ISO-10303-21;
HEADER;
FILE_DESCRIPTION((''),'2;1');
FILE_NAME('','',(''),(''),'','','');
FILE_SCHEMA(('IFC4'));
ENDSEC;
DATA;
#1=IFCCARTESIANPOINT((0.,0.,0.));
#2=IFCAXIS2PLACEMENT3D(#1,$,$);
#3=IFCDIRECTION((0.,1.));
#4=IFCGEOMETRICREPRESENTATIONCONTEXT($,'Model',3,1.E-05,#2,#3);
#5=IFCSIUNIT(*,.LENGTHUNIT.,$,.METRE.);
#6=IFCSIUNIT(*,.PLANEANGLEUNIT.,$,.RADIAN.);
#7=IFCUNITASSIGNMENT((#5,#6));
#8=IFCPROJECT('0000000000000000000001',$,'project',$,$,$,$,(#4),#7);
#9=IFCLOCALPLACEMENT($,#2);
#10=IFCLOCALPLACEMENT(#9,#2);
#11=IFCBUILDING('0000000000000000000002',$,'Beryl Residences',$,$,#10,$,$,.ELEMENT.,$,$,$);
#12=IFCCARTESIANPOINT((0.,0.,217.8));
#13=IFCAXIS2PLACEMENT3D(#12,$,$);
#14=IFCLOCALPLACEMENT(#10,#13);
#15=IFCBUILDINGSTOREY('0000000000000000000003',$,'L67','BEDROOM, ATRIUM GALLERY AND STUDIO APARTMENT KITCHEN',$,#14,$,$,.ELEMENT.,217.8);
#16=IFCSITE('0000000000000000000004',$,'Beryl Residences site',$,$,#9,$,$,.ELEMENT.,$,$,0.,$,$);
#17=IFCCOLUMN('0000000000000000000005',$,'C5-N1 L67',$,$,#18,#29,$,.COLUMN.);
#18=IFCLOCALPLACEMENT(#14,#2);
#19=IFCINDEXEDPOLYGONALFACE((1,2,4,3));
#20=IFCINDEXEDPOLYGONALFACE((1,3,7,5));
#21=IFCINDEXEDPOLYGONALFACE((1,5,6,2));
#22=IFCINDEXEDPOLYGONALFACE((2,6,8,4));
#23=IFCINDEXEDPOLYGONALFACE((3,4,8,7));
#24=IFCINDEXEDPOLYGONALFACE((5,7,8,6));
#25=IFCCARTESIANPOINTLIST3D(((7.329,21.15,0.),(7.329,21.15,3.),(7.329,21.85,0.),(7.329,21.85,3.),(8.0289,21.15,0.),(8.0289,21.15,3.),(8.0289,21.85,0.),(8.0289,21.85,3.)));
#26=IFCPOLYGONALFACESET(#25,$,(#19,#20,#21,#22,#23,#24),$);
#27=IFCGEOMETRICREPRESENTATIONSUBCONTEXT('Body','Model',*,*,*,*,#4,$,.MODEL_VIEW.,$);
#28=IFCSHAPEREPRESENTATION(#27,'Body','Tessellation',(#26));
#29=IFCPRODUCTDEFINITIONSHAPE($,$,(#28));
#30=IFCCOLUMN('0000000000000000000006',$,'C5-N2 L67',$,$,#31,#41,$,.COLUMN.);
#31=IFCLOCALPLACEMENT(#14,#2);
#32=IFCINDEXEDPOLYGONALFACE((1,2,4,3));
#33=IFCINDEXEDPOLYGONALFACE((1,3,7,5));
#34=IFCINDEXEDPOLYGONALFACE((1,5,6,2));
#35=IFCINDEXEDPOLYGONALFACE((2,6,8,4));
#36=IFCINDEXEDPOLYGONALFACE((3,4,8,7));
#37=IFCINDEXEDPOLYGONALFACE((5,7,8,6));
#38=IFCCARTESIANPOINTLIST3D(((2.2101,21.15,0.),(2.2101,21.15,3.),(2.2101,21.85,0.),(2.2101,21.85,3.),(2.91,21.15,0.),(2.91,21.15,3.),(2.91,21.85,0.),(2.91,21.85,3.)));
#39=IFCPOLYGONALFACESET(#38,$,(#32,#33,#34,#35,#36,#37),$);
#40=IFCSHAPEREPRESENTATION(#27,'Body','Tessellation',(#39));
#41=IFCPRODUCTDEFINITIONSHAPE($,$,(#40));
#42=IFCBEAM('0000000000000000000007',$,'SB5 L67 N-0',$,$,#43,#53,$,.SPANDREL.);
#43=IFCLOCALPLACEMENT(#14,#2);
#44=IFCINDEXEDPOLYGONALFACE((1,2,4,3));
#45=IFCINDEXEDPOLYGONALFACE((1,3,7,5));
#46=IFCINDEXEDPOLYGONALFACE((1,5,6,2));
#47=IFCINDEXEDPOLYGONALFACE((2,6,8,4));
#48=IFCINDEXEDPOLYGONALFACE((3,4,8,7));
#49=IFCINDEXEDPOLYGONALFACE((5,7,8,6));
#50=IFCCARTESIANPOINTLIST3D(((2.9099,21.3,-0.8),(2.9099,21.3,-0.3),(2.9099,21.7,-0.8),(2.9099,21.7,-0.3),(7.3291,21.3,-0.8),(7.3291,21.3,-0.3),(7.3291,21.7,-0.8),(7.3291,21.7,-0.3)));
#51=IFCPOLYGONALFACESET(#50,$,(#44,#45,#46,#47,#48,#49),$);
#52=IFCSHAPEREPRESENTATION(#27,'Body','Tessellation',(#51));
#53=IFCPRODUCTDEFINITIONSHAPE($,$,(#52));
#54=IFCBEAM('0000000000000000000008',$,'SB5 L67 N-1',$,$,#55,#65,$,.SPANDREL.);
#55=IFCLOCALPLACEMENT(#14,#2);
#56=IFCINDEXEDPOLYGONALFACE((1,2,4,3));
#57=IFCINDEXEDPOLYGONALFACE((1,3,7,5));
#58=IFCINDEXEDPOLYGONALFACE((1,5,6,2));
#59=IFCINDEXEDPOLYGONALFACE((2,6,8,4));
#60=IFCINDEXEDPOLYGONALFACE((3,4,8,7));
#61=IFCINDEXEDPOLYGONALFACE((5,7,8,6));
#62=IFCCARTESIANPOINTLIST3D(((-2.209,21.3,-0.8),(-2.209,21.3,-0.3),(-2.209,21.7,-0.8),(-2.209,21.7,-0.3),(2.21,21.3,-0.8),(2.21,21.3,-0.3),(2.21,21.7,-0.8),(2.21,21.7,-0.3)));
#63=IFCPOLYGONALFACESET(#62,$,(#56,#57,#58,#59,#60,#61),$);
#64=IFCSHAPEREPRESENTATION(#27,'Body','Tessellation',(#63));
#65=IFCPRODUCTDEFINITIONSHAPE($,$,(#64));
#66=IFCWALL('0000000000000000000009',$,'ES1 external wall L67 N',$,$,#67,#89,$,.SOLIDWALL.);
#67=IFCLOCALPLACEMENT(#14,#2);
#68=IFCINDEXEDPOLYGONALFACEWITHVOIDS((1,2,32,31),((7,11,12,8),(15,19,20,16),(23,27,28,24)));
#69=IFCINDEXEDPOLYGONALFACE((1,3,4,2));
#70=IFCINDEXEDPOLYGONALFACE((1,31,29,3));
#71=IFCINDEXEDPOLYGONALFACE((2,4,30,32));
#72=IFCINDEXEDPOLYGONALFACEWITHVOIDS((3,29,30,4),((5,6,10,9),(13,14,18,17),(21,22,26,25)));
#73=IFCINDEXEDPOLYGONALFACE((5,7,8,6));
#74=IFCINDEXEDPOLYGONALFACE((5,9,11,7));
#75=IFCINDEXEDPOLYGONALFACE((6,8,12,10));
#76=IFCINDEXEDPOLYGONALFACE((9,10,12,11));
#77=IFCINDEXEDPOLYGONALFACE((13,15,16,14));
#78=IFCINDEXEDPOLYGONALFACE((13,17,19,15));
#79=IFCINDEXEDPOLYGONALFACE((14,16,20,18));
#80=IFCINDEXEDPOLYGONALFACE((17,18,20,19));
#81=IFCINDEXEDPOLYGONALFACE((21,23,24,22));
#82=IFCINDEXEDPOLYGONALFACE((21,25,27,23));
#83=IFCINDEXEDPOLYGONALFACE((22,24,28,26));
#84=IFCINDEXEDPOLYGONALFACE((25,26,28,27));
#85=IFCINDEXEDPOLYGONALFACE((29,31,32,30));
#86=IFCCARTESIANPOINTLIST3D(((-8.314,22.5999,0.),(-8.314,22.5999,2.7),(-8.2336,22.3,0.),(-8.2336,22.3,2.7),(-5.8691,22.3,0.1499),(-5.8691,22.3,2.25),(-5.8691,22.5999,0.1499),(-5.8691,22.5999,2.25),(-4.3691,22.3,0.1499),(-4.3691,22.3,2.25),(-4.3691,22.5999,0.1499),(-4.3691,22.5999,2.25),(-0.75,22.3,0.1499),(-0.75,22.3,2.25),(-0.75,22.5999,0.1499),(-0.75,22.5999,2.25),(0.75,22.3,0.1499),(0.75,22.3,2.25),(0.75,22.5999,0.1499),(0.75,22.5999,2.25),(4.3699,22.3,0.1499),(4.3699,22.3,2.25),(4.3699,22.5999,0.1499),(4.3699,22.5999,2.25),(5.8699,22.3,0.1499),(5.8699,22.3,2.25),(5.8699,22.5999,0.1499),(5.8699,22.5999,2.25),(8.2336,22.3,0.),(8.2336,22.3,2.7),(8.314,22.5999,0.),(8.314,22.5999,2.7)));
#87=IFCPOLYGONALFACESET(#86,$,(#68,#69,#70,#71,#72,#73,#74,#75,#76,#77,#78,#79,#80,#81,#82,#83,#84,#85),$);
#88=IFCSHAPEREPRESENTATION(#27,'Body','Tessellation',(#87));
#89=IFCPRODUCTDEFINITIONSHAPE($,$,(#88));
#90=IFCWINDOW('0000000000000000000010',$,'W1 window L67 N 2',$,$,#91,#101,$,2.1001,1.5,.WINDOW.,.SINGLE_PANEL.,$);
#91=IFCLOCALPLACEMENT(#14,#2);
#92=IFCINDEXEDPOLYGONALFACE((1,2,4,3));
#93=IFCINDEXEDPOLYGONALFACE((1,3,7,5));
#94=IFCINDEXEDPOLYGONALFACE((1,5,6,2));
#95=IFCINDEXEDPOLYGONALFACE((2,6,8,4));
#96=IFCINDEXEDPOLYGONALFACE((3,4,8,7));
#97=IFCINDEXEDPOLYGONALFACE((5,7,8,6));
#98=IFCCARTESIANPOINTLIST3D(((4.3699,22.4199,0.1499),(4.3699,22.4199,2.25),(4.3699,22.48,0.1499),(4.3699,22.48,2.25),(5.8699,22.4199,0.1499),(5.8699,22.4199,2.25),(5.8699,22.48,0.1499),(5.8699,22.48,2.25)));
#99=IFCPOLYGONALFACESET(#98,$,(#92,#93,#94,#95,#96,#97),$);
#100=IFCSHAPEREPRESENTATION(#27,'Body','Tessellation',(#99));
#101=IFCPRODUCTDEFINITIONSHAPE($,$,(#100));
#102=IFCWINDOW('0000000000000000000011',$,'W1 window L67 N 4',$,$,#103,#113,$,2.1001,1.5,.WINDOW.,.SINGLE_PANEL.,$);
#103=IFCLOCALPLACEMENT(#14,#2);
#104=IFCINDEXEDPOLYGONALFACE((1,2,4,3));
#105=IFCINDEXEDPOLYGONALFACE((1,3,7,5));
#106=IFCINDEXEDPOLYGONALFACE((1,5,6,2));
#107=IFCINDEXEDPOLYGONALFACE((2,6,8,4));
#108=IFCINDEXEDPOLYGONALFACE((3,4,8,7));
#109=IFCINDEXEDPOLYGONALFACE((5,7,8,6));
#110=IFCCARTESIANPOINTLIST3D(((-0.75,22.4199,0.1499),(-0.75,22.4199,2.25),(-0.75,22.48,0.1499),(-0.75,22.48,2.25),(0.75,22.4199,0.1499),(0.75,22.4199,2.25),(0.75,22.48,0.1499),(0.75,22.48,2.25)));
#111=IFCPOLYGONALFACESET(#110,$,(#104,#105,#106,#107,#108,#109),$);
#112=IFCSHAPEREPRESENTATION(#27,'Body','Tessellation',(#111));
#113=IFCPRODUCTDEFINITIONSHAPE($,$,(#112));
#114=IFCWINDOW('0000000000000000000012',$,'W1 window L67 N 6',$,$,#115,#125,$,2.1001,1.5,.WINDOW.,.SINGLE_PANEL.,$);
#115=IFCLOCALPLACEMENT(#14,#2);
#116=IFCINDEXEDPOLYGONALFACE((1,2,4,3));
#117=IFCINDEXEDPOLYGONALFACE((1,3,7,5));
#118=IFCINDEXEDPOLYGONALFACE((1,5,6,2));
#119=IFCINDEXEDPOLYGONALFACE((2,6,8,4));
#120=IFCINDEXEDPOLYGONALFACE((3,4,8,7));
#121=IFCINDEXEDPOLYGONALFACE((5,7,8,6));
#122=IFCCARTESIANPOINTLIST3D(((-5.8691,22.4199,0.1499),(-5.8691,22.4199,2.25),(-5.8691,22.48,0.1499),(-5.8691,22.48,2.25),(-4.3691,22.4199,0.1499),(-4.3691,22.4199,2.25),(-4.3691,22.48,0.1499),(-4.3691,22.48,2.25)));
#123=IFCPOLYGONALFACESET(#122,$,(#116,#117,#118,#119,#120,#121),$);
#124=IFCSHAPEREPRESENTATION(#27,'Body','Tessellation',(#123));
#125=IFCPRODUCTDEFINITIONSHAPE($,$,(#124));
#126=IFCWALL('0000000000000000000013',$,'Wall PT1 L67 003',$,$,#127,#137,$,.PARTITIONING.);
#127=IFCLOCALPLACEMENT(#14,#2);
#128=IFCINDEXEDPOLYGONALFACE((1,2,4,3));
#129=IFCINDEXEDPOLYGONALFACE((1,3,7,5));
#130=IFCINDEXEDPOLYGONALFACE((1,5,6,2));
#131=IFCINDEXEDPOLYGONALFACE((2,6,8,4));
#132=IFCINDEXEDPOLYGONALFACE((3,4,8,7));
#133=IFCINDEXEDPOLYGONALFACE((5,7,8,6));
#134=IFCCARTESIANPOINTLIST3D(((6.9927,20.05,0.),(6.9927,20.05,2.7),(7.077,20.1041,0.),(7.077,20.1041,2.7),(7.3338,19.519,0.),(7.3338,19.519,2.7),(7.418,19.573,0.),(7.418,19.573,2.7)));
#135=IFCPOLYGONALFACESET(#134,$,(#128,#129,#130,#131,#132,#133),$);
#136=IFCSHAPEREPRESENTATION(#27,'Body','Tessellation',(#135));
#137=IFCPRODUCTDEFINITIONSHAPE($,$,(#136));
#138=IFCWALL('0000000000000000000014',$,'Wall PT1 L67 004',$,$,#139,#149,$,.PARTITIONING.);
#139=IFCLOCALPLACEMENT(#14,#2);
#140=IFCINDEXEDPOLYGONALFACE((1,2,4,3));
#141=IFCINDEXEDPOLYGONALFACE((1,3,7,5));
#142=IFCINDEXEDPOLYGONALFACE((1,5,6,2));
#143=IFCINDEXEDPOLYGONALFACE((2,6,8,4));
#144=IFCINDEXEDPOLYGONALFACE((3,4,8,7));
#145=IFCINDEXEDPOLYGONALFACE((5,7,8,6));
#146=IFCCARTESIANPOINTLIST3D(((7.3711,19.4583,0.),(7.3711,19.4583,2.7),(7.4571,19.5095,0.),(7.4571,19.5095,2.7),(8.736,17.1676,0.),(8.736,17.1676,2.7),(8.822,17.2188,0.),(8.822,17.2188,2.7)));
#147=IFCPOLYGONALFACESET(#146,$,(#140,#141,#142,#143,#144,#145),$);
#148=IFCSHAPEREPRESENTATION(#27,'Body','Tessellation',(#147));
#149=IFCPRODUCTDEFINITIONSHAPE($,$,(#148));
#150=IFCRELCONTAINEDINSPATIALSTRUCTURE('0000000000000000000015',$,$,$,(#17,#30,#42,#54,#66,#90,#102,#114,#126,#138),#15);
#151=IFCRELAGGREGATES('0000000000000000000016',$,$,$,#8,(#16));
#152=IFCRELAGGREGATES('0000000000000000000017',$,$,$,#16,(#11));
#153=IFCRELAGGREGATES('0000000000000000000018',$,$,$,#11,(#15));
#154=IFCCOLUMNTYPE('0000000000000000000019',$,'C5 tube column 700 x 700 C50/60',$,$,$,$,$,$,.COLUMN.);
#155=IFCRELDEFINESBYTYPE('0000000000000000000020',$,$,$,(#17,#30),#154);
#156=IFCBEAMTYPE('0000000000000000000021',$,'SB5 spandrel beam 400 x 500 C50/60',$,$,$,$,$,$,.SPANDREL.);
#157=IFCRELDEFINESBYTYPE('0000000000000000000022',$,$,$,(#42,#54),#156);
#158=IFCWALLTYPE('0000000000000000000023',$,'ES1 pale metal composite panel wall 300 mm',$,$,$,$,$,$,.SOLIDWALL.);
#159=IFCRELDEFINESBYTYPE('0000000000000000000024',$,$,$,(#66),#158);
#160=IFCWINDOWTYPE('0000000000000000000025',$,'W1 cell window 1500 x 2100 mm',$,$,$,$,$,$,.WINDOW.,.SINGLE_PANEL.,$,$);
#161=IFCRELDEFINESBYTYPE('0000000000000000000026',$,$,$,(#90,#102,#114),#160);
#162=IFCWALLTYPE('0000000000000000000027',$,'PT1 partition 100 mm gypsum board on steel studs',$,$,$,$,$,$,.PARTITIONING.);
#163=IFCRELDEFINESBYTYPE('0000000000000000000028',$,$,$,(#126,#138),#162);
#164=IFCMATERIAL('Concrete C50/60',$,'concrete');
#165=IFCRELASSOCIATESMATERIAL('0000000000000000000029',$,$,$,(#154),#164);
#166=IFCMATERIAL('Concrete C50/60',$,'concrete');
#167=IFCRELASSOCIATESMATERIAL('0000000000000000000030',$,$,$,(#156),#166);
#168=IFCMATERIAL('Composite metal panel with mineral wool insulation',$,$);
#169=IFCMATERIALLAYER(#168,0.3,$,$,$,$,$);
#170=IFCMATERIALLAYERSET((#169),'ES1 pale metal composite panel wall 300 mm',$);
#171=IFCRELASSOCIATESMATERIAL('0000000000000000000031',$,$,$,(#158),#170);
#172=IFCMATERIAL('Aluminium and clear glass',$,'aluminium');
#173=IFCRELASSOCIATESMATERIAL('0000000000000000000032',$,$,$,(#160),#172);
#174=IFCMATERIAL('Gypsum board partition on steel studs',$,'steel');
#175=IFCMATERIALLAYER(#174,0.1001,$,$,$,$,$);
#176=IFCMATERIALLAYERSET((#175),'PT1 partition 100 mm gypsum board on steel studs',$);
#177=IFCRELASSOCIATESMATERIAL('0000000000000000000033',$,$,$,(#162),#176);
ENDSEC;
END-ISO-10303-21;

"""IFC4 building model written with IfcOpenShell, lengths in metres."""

from ifc_helpers import new_model, si_unit, direction, frame, frame_2d, origin, origin_2d, place, context, subcontext, project, spatial, polyline, rectangle, outline, extrude, material, layer, layer_set, material_profile, profile_set, type_object, element, fill, save


model = new_model("IFC4")

# Units and contexts
model_context = context("Model", 3, precision=1e-05, world=origin(), true_north=direction((0.0, 1.0)))
body_context = subcontext(model_context, "Body", "Model", "MODEL_VIEW")
ifc_project = project(units=[si_unit("LENGTHUNIT", "METRE"), si_unit("PLANEANGLEUNIT", "RADIAN")], contexts=[model_context])

# Site, building, storey
site_placement = place(None, origin())
site = spatial("IfcSite", under=ifc_project, at=site_placement, Name="Beryl Residences site", CompositionType="ELEMENT", RefElevation=0.0)
building_placement = place(site_placement, origin())
building = spatial("IfcBuilding", under=site, at=building_placement, Name="Beryl Residences", CompositionType="ELEMENT")
storey_placement = place(building_placement, frame((0.0, 0.0, 217.8)))
storey = spatial("IfcBuildingStorey", under=building, at=storey_placement, Name="L67", Description="BEDROOM, ATRIUM GALLERY AND STUDIO APARTMENT KITCHEN", CompositionType="ELEMENT", Elevation=217.8)

# Columns
ifc_material_1 = material(Name="Concrete C50/60", Category="concrete")
ifc_material_profile_1 = material_profile(ifc_material_1, rectangle(XDim=0.7, YDim=0.7, at=origin_2d()))
ifc_profile_set_1 = profile_set([ifc_material_profile_1], Name="Concrete C50/60")
column_type = type_object("IfcColumnType", Name="C5 tube column 700 x 700 C50/60", PredefinedType="COLUMN", material=ifc_profile_set_1)
for number, where, z_axis, x_axis, name in (
    (1, (7.679, 21.5, 0.0), (0.0, 0.0, 1.0), (-1.0, 0.0, 0.0), "C5-N1 L67"),
    (2, (2.5601, 21.5, 0.0), (0.0, 0.0, 1.0), (-1.0, 0.0, 0.0), "C5-N2 L67"),
):
    element("IfcColumn", number, at=place(storey_placement, frame(where, z_axis=z_axis, x_axis=x_axis)), inside=storey, type_object=column_type, Name=name, PredefinedType="COLUMN", context=body_context, shape_type="SweptSolid", body=[
        extrude(rectangle(XDim=0.7, YDim=0.7, at=origin_2d()), origin(), (0.0, 0.0, 1.0), 3.0),
    ])

# Beams
ifc_material_2 = material(Name="Concrete C50/60", Category="concrete")
ifc_material_profile_2 = material_profile(ifc_material_2, rectangle(XDim=0.3999, YDim=0.5, at=origin_2d()))
ifc_profile_set_2 = profile_set([ifc_material_profile_2], Name="Concrete C50/60")
beam_type = type_object("IfcBeamType", Name="SB5 spandrel beam 400 x 500 C50/60", PredefinedType="SPANDREL", material=ifc_profile_set_2)
beam_1_placement = place(storey_placement, frame((7.3291, 21.5, -0.55), z_axis=(-1.0, 0.0, 0.0), x_axis=(0.0, -1.0, 0.0)))
element("IfcBeam", 3, at=beam_1_placement, inside=storey, type_object=beam_type, Name="SB5 L67 N-0", PredefinedType="SPANDREL", context=body_context, shape_type="SweptSolid", body=[
    extrude(rectangle(XDim=0.3999, YDim=0.5, at=origin_2d()), origin(), (0.0, 0.0, 1.0), 4.4192),
])
beam_2_placement = place(storey_placement, frame((2.21, 21.5, -0.55), z_axis=(-1.0, 0.0, 0.0), x_axis=(0.0, -1.0, 0.0)))
element("IfcBeam", 4, at=beam_2_placement, inside=storey, type_object=beam_type, Name="SB5 L67 N-1", PredefinedType="SPANDREL", context=body_context, shape_type="SweptSolid", body=[
    extrude(rectangle(XDim=0.3999, YDim=0.5, at=origin_2d()), origin(), (0.0, 0.0, 1.0), 4.4189),
])

# Wall, openings, windows
ifc_material_3 = material(Name="Composite metal panel with mineral wool insulation")
ifc_layer_1 = layer(ifc_material_3, 0.3)
ifc_layer_set_1 = layer_set([ifc_layer_1], Name="ES1 pale metal composite panel wall 300 mm")
wall_type_1 = type_object("IfcWallType", Name="ES1 pale metal composite panel wall 300 mm", PredefinedType="SOLIDWALL", material=ifc_layer_set_1)
wall_1_placement = place(storey_placement, frame((8.314, 22.45, 0.0), z_axis=(0.0, 0.0, 1.0), x_axis=(-1.0, 0.0, 0.0)))
wall_1 = element("IfcWall", 5, at=wall_1_placement, inside=storey, type_object=wall_type_1, Name="ES1 external wall L67 N", PredefinedType="SOLIDWALL", context=body_context, shape_type="SweptSolid", body=[
    extrude(outline(polyline([(0.0, -0.1499), (16.6279, -0.1499), (16.5476, 0.1499), (0.0803, 0.1499), (0.0, -0.1499)])), origin(), (0.0, 0.0, 1.0), 2.7),
])
opening_1_placement = place(wall_1_placement, frame((2.4441, 0.0, 0.1499)))
opening_1 = element("IfcOpeningElement", 6, at=opening_1_placement, cuts=wall_1, PredefinedType="OPENING", context=body_context, shape_type="SweptSolid", body=[
    extrude(rectangle(XDim=1.5, YDim=2.1001, at=frame_2d((0.75, 1.05))), frame((0.0, 0.1599, 0.0), z_axis=(0.0, -1.0, 0.0), x_axis=(1.0, 0.0, 0.0)), (0.0, 0.0, 1.0), 0.3201),
])
opening_2_placement = place(wall_1_placement, frame((7.564, 0.0, 0.1499)))
opening_2 = element("IfcOpeningElement", 7, at=opening_2_placement, cuts=wall_1, PredefinedType="OPENING", context=body_context, shape_type="SweptSolid", body=[
    extrude(rectangle(XDim=1.5, YDim=2.1001, at=frame_2d((0.75, 1.05))), frame((0.0, 0.1599, 0.0), z_axis=(0.0, -1.0, 0.0), x_axis=(1.0, 0.0, 0.0)), (0.0, 0.0, 1.0), 0.3201),
])
opening_3_placement = place(wall_1_placement, frame((12.6831, 0.0, 0.1499)))
opening_3 = element("IfcOpeningElement", 8, at=opening_3_placement, cuts=wall_1, PredefinedType="OPENING", context=body_context, shape_type="SweptSolid", body=[
    extrude(rectangle(XDim=1.5, YDim=2.1001, at=frame_2d((0.75, 1.05))), frame((0.0, 0.1599, 0.0), z_axis=(0.0, -1.0, 0.0), x_axis=(1.0, 0.0, 0.0)), (0.0, 0.0, 1.0), 0.3201),
])
ifc_material_4 = material(Name="Aluminium and clear glass", Category="aluminium")
window_type = type_object("IfcWindowType", Name="W1 cell window 1500 x 2100 mm", PartitioningType="SINGLE_PANEL", PredefinedType="WINDOW", material=ifc_material_4)
window_1_placement = place(opening_1_placement, origin())
window_1 = element("IfcWindow", 9, at=window_1_placement, inside=storey, type_object=window_type, Name="W1 window L67 N 2", OverallHeight=2.1001, OverallWidth=1.5, PartitioningType="SINGLE_PANEL", PredefinedType="WINDOW", context=body_context, shape_type="SweptSolid", body=[
    extrude(rectangle(XDim=1.5, YDim=2.1001, at=frame_2d((0.75, 1.05))), frame((0.0, 0.03, 0.0), z_axis=(0.0, -1.0, 0.0), x_axis=(1.0, 0.0, 0.0)), (0.0, 0.0, 1.0), 0.0601),
])
fill(opening_1, window_1)
window_2_placement = place(opening_2_placement, origin())
window_2 = element("IfcWindow", 10, at=window_2_placement, inside=storey, type_object=window_type, Name="W1 window L67 N 4", OverallHeight=2.1001, OverallWidth=1.5, PartitioningType="SINGLE_PANEL", PredefinedType="WINDOW", context=body_context, shape_type="SweptSolid", body=[
    extrude(rectangle(XDim=1.5, YDim=2.1001, at=frame_2d((0.75, 1.05))), frame((0.0, 0.03, 0.0), z_axis=(0.0, -1.0, 0.0), x_axis=(1.0, 0.0, 0.0)), (0.0, 0.0, 1.0), 0.0601),
])
fill(opening_2, window_2)
window_3_placement = place(opening_3_placement, origin())
window_3 = element("IfcWindow", 11, at=window_3_placement, inside=storey, type_object=window_type, Name="W1 window L67 N 6", OverallHeight=2.1001, OverallWidth=1.5, PartitioningType="SINGLE_PANEL", PredefinedType="WINDOW", context=body_context, shape_type="SweptSolid", body=[
    extrude(rectangle(XDim=1.5, YDim=2.1001, at=frame_2d((0.75, 1.05))), frame((0.0, 0.03, 0.0), z_axis=(0.0, -1.0, 0.0), x_axis=(1.0, 0.0, 0.0)), (0.0, 0.0, 1.0), 0.0601),
])
fill(opening_3, window_3)

# Walls
ifc_material_5 = material(Name="Gypsum board partition on steel studs", Category="steel")
ifc_layer_2 = layer(ifc_material_5, 0.1001)
ifc_layer_set_2 = layer_set([ifc_layer_2], Name="PT1 partition 100 mm gypsum board on steel studs")
wall_type_2 = type_object("IfcWallType", Name="PT1 partition 100 mm gypsum board on steel studs", PredefinedType="PARTITIONING", material=ifc_layer_set_2)
wall_2_placement = place(storey_placement, frame((7.0349, 20.0769, 0.0), z_axis=(0.0, 0.0, 1.0), x_axis=(0.540425, -0.841392, 0.0)))
element("IfcWall", 12, at=wall_2_placement, inside=storey, type_object=wall_type_2, Name="Wall PT1 L67 003", PredefinedType="PARTITIONING", context=body_context, shape_type="SweptSolid", body=[
    extrude(rectangle(XDim=0.6311, YDim=0.1001, at=frame_2d((0.3154, 0.0))), origin(), (0.0, 0.0, 1.0), 2.7),
])
wall_3_placement = place(storey_placement, frame((7.4141, 19.4839, 0.0), z_axis=(0.0, 0.0, 1.0), x_axis=(0.511881, -0.859056, 0.0)))
element("IfcWall", 13, at=wall_3_placement, inside=storey, type_object=wall_type_2, Name="Wall PT1 L67 004", PredefinedType="PARTITIONING", context=body_context, shape_type="SweptSolid", body=[
    extrude(rectangle(XDim=2.6665, YDim=0.1001, at=frame_2d((1.3333, 0.0))), origin(), (0.0, 0.0, 1.0), 2.7),
])

save(model, "model.ifc")
